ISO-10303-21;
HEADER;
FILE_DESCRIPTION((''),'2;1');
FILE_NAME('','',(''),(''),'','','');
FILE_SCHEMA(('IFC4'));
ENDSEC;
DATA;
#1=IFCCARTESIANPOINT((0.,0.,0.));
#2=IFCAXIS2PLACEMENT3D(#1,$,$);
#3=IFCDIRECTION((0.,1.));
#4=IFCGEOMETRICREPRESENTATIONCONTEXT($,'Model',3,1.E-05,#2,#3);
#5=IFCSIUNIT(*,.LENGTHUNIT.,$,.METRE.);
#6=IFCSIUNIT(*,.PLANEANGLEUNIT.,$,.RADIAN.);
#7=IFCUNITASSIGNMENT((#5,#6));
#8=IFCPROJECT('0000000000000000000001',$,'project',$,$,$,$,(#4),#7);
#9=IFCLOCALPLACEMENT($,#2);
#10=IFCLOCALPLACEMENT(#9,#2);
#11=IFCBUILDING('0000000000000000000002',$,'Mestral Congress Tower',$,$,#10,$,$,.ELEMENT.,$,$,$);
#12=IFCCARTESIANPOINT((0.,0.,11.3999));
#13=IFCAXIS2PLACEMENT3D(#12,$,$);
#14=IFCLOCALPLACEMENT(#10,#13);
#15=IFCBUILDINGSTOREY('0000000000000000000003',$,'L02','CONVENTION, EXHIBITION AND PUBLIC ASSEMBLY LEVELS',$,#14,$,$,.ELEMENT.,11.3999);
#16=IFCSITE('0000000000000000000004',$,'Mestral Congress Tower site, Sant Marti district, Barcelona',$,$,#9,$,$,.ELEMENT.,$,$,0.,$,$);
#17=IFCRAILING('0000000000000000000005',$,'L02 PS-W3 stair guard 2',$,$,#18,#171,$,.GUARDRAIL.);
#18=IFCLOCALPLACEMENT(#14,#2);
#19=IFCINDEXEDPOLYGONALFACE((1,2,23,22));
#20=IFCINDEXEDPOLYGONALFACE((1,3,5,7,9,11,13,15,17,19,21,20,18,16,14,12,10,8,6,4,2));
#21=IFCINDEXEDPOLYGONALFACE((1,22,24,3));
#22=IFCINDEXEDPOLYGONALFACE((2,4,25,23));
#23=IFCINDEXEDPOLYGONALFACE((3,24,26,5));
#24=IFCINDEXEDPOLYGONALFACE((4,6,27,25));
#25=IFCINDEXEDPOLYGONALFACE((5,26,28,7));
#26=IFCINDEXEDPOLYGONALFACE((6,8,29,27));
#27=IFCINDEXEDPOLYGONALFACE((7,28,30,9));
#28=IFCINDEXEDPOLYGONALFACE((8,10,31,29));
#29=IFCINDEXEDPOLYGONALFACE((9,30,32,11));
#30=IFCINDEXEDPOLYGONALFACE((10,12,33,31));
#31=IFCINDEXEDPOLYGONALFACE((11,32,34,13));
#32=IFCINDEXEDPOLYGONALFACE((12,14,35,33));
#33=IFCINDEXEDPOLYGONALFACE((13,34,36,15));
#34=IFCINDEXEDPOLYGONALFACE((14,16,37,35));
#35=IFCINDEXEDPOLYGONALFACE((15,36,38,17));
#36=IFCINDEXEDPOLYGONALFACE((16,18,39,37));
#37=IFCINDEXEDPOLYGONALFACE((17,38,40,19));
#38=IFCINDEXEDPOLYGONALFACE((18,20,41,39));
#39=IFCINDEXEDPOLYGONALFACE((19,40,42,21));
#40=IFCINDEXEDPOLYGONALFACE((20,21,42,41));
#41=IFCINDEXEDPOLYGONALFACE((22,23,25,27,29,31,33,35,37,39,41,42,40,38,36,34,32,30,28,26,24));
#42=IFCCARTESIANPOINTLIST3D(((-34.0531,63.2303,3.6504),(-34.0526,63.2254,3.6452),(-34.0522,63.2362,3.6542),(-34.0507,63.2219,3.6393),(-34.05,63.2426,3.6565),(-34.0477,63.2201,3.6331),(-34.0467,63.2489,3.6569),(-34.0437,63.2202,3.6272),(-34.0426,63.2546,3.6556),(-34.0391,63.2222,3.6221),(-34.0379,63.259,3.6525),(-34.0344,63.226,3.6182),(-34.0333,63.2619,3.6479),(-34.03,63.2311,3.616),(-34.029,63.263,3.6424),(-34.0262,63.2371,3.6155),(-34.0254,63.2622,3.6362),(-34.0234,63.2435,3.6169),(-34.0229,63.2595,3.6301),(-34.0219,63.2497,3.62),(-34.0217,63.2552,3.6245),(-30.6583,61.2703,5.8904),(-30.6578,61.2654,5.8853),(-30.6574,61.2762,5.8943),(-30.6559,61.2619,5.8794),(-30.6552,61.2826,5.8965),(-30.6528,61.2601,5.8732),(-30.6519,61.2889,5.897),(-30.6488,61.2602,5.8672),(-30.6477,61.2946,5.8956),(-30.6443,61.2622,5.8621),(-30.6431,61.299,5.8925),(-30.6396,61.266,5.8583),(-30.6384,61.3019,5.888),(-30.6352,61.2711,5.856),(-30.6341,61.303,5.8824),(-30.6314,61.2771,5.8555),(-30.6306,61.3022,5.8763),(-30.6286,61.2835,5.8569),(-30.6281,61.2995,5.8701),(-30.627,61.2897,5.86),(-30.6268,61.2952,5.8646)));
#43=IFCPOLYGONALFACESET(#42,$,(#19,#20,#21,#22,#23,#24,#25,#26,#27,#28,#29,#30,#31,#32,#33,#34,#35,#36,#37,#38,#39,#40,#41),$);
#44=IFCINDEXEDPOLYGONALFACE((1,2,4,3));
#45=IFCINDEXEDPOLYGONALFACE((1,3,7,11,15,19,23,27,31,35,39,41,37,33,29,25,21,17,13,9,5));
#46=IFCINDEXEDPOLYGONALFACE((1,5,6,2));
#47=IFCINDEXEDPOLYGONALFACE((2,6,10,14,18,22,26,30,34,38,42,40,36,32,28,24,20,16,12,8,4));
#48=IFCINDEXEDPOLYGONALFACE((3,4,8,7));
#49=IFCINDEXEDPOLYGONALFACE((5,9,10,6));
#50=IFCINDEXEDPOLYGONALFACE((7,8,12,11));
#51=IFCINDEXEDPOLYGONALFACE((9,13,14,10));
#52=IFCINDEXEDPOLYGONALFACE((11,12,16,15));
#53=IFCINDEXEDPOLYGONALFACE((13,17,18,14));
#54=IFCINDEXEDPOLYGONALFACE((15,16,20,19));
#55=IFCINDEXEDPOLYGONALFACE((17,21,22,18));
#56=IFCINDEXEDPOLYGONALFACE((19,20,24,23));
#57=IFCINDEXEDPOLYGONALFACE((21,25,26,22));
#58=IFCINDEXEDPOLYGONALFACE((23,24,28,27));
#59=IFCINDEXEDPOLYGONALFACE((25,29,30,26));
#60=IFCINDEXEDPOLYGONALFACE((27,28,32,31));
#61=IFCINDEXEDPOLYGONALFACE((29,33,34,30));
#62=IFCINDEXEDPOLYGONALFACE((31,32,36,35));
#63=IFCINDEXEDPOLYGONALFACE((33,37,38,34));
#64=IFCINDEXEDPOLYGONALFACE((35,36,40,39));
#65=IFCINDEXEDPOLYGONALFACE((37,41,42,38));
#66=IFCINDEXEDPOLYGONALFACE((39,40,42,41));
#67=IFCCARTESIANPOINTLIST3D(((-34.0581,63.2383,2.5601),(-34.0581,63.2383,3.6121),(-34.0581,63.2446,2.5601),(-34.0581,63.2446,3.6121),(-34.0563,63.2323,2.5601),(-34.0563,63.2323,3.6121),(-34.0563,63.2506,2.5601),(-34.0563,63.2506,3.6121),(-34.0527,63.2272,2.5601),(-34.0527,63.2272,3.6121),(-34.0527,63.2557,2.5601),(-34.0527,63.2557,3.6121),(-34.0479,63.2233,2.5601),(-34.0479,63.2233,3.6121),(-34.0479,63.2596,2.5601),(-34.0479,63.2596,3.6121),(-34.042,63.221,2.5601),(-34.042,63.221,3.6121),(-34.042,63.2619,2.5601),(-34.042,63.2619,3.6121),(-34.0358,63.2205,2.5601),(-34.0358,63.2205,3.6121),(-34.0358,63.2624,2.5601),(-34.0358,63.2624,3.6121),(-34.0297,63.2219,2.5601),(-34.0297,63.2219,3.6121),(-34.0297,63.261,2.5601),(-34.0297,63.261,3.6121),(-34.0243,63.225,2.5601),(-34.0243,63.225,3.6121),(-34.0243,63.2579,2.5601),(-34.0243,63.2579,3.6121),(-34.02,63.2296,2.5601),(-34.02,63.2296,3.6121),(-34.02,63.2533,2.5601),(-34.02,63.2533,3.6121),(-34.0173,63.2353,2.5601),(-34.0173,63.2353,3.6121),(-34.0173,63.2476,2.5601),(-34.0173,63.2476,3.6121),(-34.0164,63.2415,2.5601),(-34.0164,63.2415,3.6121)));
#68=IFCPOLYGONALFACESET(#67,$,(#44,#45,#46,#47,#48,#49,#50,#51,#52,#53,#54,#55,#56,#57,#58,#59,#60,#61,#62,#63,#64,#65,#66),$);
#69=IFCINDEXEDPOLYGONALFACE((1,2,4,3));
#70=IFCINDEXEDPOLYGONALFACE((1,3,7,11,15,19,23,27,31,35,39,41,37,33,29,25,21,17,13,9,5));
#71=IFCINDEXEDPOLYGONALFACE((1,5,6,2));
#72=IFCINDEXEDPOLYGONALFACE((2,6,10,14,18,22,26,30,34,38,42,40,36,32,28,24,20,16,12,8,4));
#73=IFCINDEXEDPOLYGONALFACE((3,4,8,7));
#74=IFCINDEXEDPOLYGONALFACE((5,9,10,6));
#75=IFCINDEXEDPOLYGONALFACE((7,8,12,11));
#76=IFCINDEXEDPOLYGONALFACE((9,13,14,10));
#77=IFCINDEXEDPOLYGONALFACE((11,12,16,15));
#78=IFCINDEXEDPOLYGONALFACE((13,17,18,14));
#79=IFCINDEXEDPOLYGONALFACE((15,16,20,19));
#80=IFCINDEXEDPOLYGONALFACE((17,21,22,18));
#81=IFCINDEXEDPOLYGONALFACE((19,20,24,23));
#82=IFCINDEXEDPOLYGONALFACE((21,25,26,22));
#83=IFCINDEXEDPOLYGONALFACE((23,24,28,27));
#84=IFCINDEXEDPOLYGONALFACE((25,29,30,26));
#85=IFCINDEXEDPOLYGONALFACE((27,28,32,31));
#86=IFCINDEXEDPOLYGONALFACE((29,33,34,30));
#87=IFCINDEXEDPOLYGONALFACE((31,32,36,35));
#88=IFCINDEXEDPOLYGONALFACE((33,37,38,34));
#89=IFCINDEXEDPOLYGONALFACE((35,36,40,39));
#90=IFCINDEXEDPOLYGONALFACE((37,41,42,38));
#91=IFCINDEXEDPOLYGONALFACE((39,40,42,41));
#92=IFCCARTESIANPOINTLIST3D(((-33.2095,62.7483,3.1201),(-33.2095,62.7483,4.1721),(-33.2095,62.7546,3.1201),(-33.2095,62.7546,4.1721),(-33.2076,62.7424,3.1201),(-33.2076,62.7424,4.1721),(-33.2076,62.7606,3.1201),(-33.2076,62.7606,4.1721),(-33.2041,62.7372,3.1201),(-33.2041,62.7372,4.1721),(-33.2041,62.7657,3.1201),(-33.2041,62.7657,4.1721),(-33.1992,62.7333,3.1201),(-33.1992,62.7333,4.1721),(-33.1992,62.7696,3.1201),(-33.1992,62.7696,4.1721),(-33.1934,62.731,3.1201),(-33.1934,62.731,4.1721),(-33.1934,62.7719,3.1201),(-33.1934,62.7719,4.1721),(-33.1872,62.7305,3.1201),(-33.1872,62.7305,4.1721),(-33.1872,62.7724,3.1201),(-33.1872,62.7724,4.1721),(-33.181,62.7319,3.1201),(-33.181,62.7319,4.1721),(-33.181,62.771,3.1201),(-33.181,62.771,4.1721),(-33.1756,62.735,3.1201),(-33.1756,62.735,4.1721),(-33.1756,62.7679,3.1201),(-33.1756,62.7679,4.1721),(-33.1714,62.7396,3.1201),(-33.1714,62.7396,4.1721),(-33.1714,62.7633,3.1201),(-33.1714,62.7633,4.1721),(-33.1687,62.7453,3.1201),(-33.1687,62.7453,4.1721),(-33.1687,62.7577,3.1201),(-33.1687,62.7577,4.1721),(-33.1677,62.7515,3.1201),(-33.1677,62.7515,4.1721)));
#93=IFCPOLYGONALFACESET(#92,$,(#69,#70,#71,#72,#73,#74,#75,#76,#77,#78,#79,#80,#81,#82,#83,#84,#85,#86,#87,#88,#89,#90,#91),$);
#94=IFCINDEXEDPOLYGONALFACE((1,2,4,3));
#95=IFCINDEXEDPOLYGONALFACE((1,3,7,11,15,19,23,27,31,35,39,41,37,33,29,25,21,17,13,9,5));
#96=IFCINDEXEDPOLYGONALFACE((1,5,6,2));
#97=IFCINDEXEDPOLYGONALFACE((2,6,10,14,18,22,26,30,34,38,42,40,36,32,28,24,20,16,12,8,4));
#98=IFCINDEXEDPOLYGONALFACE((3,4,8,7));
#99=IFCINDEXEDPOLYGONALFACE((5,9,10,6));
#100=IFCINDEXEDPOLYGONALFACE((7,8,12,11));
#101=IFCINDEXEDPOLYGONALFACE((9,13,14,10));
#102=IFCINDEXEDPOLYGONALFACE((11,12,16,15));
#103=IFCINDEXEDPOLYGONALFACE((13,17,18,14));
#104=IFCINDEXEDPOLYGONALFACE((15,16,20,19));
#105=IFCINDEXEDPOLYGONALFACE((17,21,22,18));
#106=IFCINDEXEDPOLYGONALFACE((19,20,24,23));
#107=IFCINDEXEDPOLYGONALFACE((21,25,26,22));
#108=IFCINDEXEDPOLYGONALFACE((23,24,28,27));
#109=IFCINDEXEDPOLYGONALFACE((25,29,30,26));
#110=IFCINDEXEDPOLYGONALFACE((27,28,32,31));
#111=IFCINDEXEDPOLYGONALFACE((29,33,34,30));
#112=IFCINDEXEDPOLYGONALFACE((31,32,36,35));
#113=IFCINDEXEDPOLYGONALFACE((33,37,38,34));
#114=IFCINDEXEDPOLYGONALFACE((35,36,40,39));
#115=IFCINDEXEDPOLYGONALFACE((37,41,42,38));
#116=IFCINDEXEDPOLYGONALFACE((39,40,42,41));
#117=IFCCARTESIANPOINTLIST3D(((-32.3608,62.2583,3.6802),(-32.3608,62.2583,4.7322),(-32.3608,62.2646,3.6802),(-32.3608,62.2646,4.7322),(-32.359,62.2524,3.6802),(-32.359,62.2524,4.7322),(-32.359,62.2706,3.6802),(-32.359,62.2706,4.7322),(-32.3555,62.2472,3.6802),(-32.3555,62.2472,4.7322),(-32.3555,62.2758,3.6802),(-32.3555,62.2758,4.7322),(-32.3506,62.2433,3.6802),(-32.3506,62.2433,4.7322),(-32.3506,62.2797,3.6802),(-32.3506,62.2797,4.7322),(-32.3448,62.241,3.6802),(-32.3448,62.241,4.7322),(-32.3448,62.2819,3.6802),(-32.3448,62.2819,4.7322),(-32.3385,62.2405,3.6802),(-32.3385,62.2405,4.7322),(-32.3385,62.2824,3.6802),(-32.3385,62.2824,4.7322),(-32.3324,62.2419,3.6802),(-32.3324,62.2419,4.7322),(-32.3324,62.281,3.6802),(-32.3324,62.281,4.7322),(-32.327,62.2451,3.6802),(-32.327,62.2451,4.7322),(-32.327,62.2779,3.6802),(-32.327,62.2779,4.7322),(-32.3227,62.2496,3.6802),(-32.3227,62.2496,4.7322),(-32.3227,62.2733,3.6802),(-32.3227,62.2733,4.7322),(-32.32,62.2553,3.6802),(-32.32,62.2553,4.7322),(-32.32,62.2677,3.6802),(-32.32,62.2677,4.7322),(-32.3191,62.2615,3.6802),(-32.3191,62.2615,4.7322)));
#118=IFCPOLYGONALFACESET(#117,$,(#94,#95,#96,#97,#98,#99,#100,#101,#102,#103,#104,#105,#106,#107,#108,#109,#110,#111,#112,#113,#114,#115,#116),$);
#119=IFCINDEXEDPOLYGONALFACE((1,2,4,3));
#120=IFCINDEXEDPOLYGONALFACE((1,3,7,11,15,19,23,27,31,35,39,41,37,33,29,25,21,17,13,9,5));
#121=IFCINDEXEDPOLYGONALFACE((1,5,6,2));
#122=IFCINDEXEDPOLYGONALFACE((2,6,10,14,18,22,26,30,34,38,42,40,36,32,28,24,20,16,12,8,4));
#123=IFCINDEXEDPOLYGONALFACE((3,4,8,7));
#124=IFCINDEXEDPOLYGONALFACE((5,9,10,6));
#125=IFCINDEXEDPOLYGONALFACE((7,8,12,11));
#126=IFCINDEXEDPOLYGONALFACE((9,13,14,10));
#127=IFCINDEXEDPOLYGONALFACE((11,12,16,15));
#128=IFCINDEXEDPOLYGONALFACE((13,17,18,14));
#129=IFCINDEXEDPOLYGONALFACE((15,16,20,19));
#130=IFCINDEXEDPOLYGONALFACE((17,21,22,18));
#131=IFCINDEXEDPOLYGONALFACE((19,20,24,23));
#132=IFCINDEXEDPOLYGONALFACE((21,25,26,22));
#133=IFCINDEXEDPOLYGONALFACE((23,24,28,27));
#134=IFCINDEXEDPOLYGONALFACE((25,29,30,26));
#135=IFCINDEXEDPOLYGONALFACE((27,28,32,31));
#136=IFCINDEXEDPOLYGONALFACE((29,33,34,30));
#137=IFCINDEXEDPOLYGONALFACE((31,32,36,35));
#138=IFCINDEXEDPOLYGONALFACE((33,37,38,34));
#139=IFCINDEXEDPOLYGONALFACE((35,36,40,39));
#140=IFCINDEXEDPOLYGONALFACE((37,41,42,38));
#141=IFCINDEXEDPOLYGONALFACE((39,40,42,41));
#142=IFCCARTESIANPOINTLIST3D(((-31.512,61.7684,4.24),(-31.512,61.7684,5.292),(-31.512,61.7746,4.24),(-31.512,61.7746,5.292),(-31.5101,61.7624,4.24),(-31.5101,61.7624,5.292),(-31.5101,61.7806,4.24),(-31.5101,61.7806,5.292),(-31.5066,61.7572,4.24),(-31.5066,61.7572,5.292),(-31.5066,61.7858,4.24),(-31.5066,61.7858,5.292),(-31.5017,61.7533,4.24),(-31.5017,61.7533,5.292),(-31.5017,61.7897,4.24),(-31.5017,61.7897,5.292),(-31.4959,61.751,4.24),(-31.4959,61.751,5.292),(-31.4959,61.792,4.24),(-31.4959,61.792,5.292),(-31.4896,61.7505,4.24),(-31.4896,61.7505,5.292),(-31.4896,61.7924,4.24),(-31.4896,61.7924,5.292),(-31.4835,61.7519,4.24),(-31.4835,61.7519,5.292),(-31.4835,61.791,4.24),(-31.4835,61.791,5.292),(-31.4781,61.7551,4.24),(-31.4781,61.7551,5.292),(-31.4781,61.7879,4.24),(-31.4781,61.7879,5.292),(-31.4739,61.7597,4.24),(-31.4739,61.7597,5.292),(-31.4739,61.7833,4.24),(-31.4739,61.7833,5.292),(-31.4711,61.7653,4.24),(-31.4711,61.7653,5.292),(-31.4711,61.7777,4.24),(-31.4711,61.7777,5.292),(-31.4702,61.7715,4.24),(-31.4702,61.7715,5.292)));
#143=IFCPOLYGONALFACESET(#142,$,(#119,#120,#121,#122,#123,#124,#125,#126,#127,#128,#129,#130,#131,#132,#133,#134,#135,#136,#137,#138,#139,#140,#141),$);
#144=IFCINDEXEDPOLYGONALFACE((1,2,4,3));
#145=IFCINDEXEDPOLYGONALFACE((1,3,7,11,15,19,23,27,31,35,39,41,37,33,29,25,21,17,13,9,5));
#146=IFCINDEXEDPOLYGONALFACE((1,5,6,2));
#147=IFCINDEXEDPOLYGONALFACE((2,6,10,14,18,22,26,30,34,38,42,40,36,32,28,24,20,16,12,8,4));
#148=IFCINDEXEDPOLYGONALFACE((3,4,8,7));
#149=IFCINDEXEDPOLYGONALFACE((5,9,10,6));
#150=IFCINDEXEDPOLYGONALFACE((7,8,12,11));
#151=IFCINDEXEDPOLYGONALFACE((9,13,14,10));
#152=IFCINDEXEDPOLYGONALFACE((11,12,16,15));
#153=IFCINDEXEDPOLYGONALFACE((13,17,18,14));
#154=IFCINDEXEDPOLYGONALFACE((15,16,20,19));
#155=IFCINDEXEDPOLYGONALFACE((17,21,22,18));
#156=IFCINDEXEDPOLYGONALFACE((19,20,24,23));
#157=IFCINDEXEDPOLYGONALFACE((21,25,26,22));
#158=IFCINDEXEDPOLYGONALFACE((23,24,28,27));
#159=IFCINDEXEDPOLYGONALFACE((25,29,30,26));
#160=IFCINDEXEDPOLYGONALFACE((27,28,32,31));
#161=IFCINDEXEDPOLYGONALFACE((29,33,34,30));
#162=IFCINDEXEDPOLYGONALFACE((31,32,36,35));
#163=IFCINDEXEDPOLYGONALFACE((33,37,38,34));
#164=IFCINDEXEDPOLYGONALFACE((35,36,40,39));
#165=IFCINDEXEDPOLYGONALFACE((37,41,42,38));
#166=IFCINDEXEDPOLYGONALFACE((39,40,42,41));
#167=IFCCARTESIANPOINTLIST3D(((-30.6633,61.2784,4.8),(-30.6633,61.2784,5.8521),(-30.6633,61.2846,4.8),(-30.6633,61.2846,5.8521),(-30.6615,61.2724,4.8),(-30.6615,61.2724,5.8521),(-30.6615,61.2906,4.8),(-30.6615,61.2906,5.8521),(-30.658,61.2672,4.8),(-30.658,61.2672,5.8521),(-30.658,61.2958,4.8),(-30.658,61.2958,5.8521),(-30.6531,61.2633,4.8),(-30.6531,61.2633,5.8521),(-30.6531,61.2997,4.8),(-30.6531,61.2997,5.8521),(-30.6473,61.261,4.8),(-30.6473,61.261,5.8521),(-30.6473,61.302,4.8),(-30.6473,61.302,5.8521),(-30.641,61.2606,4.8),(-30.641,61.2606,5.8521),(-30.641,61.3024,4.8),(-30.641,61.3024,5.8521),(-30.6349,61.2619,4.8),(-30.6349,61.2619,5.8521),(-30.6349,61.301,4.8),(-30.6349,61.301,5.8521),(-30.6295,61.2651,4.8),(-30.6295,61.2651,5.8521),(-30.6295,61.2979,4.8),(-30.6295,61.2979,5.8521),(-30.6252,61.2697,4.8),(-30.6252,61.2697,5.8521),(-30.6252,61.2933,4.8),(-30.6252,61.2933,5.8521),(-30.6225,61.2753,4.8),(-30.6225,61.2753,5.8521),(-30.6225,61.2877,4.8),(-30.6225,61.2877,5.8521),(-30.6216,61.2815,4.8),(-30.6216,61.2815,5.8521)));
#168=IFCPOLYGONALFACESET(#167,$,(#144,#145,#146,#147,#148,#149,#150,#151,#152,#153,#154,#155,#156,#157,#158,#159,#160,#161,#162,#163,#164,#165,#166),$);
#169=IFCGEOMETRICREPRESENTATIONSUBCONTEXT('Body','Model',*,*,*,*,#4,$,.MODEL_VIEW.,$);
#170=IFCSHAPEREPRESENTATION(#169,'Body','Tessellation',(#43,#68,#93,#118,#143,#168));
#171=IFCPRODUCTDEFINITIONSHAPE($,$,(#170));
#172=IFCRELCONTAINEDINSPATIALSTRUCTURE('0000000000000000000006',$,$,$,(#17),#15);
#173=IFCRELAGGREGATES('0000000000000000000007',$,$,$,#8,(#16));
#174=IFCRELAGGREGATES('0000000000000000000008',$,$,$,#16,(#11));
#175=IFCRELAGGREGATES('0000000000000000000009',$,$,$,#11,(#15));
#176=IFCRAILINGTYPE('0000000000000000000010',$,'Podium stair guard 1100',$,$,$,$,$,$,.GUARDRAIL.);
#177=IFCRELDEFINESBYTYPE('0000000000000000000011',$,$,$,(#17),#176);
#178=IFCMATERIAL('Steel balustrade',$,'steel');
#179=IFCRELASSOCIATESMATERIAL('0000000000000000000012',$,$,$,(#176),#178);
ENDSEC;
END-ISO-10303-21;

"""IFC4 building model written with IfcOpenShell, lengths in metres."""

from ifc_helpers import new_model, si_unit, direction, frame, origin, origin_2d, place, context, subcontext, project, spatial, circle, extrude, material, type_object, element, save


model = new_model("IFC4")

# Units and contexts
model_context = context("Model", 3, precision=1e-05, world=origin(), true_north=direction((0.0, 1.0)))
body_context = subcontext(model_context, "Body", "Model", "MODEL_VIEW")
ifc_project = project(units=[si_unit("LENGTHUNIT", "METRE"), si_unit("PLANEANGLEUNIT", "RADIAN")], contexts=[model_context])

# Site, building, storey
site_placement = place(None, origin())
site = spatial("IfcSite", under=ifc_project, at=site_placement, Name="Mestral Congress Tower site, Sant Marti district, Barcelona", CompositionType="ELEMENT", RefElevation=0.0)
building_placement = place(site_placement, origin())
building = spatial("IfcBuilding", under=site, at=building_placement, Name="Mestral Congress Tower", CompositionType="ELEMENT")
storey_placement = place(building_placement, frame((0.0, 0.0, 11.3999)))
storey = spatial("IfcBuildingStorey", under=building, at=storey_placement, Name="L02", Description="CONVENTION, EXHIBITION AND PUBLIC ASSEMBLY LEVELS", CompositionType="ELEMENT", Elevation=11.3999)

# Railing
ifc_material_1 = material(Name="Steel balustrade", Category="steel")
railing_type_1 = type_object("IfcRailingType", Name="Podium stair guard 1100", PredefinedType="GUARDRAIL", material=ifc_material_1)
railing_1_placement = place(storey_placement, frame((-34.0374, 63.2415, 2.5601)))
element("IfcRailing", 1, at=railing_1_placement, inside=storey, type_object=railing_type_1, Name="L02 PS-W3 stair guard 2", PredefinedType="GUARDRAIL", context=body_context, shape_type="SweptSolid", body=[
    extrude(circle(Radius=0.0239, at=origin_2d()), frame((0.0, 0.0, 1.0762), z_axis=(0.75192, -0.434118, 0.496143), x_axis=(0.499997, 0.866027, 0.0)), (0.0, 0.0, 1.0), 4.5149),
    extrude(circle(Radius=0.021, at=origin_2d()), origin(), (0.0, 0.0, 1.0), 1.052),
    extrude(circle(Radius=0.021, at=origin_2d()), frame((0.8486, -0.49, 0.5601)), (0.0, 0.0, 1.0), 1.052),
    extrude(circle(Radius=0.021, at=origin_2d()), frame((1.6973, -0.98, 1.1201)), (0.0, 0.0, 1.0), 1.052),
    extrude(circle(Radius=0.021, at=origin_2d()), frame((2.5461, -1.47, 1.6799)), (0.0, 0.0, 1.0), 1.052),
    extrude(circle(Radius=0.021, at=origin_2d()), frame((3.3948, -1.96, 2.24)), (0.0, 0.0, 1.0), 1.052),
])

save(model, "model.ifc")
